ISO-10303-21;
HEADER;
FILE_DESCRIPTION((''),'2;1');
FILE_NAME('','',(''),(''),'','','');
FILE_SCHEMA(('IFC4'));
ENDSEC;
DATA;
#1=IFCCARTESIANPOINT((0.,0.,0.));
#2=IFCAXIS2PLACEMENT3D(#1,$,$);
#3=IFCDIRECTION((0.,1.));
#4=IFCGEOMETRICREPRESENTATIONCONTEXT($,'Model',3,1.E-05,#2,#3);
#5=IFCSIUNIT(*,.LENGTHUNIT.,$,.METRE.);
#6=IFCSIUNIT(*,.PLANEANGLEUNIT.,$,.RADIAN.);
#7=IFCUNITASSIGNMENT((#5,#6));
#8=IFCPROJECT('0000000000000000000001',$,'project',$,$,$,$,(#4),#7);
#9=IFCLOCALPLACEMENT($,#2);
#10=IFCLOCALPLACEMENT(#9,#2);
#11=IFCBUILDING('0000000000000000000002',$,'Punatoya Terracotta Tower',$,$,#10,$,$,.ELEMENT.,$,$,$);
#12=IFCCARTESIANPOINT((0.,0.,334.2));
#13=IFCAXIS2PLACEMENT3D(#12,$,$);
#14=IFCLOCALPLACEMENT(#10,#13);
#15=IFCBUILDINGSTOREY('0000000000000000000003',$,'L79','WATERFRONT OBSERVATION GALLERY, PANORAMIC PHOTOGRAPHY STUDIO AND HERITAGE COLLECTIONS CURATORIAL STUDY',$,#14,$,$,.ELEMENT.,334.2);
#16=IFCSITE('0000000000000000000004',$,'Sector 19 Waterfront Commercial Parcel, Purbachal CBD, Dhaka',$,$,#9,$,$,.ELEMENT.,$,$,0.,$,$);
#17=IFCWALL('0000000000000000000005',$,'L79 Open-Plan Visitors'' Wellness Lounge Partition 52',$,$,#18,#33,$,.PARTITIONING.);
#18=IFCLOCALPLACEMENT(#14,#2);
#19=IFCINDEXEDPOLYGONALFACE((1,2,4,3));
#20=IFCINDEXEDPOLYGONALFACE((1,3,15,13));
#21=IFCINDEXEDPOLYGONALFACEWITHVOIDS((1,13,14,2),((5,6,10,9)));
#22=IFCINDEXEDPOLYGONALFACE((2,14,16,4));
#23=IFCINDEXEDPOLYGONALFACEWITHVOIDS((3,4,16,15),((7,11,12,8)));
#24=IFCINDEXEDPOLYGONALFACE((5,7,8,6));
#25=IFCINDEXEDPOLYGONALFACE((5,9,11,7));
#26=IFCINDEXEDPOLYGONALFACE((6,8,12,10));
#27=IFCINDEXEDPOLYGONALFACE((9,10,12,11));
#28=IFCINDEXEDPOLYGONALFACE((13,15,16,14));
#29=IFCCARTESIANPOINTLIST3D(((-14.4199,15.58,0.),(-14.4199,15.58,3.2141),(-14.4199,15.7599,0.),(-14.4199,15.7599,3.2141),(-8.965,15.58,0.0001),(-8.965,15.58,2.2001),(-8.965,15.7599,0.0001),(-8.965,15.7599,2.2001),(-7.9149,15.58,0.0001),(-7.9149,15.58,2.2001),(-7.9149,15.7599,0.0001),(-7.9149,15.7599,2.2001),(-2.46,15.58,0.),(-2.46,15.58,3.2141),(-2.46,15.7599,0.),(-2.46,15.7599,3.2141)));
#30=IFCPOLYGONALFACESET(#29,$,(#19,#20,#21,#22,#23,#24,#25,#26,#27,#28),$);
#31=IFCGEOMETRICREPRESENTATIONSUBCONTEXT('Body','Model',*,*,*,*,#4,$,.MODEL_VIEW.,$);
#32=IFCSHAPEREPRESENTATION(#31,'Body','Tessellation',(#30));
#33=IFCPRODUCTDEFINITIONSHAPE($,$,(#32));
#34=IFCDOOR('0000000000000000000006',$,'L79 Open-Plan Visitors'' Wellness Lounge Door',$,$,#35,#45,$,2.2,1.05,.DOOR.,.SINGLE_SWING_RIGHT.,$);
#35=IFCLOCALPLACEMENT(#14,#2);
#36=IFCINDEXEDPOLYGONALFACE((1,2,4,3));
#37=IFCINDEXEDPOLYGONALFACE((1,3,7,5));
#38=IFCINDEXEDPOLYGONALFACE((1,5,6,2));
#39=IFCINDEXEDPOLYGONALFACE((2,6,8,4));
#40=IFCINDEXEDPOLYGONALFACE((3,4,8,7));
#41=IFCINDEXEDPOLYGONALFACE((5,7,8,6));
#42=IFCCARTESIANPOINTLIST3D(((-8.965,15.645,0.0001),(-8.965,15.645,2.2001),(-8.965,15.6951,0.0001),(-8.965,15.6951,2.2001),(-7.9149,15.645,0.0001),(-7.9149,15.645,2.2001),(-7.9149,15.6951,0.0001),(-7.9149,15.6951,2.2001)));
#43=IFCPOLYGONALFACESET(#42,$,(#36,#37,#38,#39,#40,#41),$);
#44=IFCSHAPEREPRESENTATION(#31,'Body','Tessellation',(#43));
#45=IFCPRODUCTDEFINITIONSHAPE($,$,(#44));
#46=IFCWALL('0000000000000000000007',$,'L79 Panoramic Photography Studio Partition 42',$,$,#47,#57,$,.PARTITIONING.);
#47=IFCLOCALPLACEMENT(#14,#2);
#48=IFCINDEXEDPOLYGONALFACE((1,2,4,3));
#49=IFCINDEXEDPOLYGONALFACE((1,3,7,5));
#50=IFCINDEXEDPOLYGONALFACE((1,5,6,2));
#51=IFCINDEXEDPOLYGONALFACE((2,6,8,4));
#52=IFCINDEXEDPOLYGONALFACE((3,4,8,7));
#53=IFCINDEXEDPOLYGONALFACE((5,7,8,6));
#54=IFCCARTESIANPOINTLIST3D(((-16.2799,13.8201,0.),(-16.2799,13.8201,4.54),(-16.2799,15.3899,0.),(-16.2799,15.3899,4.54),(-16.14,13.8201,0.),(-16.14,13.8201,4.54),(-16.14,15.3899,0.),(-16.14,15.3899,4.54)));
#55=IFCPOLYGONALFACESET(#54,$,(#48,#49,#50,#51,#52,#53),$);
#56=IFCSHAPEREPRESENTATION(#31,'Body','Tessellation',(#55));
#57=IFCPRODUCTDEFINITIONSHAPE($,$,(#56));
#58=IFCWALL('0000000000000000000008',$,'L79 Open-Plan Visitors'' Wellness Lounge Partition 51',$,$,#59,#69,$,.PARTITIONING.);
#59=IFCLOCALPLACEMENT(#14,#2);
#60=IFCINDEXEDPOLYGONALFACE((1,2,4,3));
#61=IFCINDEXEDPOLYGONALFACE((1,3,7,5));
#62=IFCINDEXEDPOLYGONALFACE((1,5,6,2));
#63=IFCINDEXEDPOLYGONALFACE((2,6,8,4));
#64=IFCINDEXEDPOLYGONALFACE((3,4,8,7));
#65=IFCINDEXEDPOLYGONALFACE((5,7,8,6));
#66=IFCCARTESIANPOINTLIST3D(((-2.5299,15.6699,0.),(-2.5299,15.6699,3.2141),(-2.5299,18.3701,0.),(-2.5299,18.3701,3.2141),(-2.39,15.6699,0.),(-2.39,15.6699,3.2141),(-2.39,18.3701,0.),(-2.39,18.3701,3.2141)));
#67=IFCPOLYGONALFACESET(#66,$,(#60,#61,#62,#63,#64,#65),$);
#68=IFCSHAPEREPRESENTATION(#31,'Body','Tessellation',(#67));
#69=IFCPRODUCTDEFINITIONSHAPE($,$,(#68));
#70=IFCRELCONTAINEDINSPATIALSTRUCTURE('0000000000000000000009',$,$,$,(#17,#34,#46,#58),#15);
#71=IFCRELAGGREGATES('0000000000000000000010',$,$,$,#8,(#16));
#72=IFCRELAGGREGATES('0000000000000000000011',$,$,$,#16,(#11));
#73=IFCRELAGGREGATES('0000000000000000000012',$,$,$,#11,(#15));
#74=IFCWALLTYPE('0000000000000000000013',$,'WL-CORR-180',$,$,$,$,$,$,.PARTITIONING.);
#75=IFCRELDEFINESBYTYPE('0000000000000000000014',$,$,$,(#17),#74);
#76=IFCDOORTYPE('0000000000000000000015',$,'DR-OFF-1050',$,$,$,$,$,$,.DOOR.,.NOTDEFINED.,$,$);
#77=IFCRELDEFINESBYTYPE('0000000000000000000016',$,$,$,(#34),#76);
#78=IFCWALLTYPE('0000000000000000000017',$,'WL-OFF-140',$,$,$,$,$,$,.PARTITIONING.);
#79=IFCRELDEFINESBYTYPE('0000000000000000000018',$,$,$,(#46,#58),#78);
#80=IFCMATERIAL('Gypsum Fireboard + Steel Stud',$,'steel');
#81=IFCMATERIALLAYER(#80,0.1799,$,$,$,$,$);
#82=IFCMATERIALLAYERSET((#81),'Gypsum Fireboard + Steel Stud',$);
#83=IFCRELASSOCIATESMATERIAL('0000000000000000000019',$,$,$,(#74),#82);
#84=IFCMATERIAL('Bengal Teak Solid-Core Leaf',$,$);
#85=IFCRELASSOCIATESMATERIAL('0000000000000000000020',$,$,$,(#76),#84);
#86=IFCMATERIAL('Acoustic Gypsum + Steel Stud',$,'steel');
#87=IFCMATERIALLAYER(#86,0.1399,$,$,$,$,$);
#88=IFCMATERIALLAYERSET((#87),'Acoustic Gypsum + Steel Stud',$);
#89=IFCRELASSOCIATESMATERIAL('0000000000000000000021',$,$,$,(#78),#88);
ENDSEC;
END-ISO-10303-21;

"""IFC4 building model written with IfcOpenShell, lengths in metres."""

from ifc_helpers import new_model, si_unit, direction, frame, frame_2d, origin, place, context, subcontext, project, spatial, rectangle, extrude, material, layer, layer_set, type_object, element, fill, save


model = new_model("IFC4")

# Units and contexts
model_context = context("Model", 3, precision=1e-05, world=origin(), true_north=direction((0.0, 1.0)))
body_context = subcontext(model_context, "Body", "Model", "MODEL_VIEW")
ifc_project = project(units=[si_unit("LENGTHUNIT", "METRE"), si_unit("PLANEANGLEUNIT", "RADIAN")], contexts=[model_context])

# Site, building, storey
site_placement = place(None, origin())
site = spatial("IfcSite", under=ifc_project, at=site_placement, Name="Sector 19 Waterfront Commercial Parcel, Purbachal CBD, Dhaka", CompositionType="ELEMENT", RefElevation=0.0)
building_placement = place(site_placement, origin())
building = spatial("IfcBuilding", under=site, at=building_placement, Name="Punatoya Terracotta Tower", CompositionType="ELEMENT")
storey_placement = place(building_placement, frame((0.0, 0.0, 334.2)))
storey = spatial("IfcBuildingStorey", under=building, at=storey_placement, Name="L79", Description="WATERFRONT OBSERVATION GALLERY, PANORAMIC PHOTOGRAPHY STUDIO AND HERITAGE COLLECTIONS CURATORIAL STUDY", CompositionType="ELEMENT", Elevation=334.2)

# Shared definitions
ifc_material_1 = material(Name="Gypsum Fireboard + Steel Stud", Category="steel")
ifc_layer_1 = layer(ifc_material_1, 0.1799)
ifc_layer_set_1 = layer_set([ifc_layer_1], Name="Gypsum Fireboard + Steel Stud")
wall_type_1 = type_object("IfcWallType", Name="WL-CORR-180", PredefinedType="PARTITIONING", material=ifc_layer_set_1)

# Wall, opening, door
ifc_material_2 = material(Name="Bengal Teak Solid-Core Leaf")
door_type = type_object("IfcDoorType", Name="DR-OFF-1050", OperationType="NOTDEFINED", PredefinedType="DOOR", material=ifc_material_2)
wall_1_placement = place(storey_placement, frame((-2.46, 15.6699, 0.0), z_axis=(0.0, 0.0, 1.0), x_axis=(-1.0, 0.0, 0.0)))
wall_1 = element("IfcWall", 1, at=wall_1_placement, inside=storey, type_object=wall_type_1, Name="L79 Open-Plan Visitors' Wellness Lounge Partition 52", PredefinedType="PARTITIONING", context=body_context, shape_type="SweptSolid", body=[
    extrude(rectangle(XDim=11.96, YDim=0.1799, at=frame_2d((5.98, 0.0))), origin(), (0.0, 0.0, 1.0), 3.2141),
])
opening_1_placement = place(wall_1_placement, frame((5.4551, 0.0, 0.0)))
opening_1 = element("IfcOpeningElement", 2, at=opening_1_placement, cuts=wall_1, PredefinedType="OPENING", context=body_context, shape_type="SweptSolid", body=[
    extrude(rectangle(XDim=1.05, YDim=2.2, at=frame_2d((0.5249, 1.1001))), frame((0.0, 0.0999, 0.0), z_axis=(0.0, -1.0, 0.0), x_axis=(1.0, 0.0, 0.0)), (0.0, 0.0, 1.0), 0.2),
])
door_1_placement = place(opening_1_placement, origin())
door_1 = element("IfcDoor", 3, at=door_1_placement, inside=storey, type_object=door_type, Name="L79 Open-Plan Visitors' Wellness Lounge Door", OperationType="SINGLE_SWING_RIGHT", OverallHeight=2.2, OverallWidth=1.05, PredefinedType="DOOR", context=body_context, shape_type="SweptSolid", body=[
    extrude(rectangle(XDim=1.05, YDim=2.2, at=frame_2d((0.5249, 1.1001))), frame((0.0, 0.0249, 0.0), z_axis=(0.0, -1.0, 0.0), x_axis=(1.0, 0.0, 0.0)), (0.0, 0.0, 1.0), 0.05),
])
fill(opening_1, door_1)

# Walls
ifc_material_3 = material(Name="Acoustic Gypsum + Steel Stud", Category="steel")
ifc_layer_2 = layer(ifc_material_3, 0.1399)
ifc_layer_set_2 = layer_set([ifc_layer_2], Name="Acoustic Gypsum + Steel Stud")
wall_type_2 = type_object("IfcWallType", Name="WL-OFF-140", PredefinedType="PARTITIONING", material=ifc_layer_set_2)
wall_2_placement = place(storey_placement, frame((-16.21, 15.3899, 0.0), z_axis=(0.0, 0.0, 1.0), x_axis=(0.0, -1.0, 0.0)))
element("IfcWall", 4, at=wall_2_placement, inside=storey, type_object=wall_type_2, Name="L79 Panoramic Photography Studio Partition 42", PredefinedType="PARTITIONING", context=body_context, shape_type="SweptSolid", body=[
    extrude(rectangle(XDim=1.5698, YDim=0.1399, at=frame_2d((0.7849, 0.0))), origin(), (0.0, 0.0, 1.0), 4.54),
])
wall_3_placement = place(storey_placement, frame((-2.46, 18.3701, 0.0), z_axis=(0.0, 0.0, 1.0), x_axis=(0.0, -1.0, 0.0)))
element("IfcWall", 5, at=wall_3_placement, inside=storey, type_object=wall_type_2, Name="L79 Open-Plan Visitors' Wellness Lounge Partition 51", PredefinedType="PARTITIONING", context=body_context, shape_type="SweptSolid", body=[
    extrude(rectangle(XDim=2.7002, YDim=0.1399, at=frame_2d((1.3501, 0.0))), origin(), (0.0, 0.0, 1.0), 3.2141),
])

save(model, "model.ifc")
